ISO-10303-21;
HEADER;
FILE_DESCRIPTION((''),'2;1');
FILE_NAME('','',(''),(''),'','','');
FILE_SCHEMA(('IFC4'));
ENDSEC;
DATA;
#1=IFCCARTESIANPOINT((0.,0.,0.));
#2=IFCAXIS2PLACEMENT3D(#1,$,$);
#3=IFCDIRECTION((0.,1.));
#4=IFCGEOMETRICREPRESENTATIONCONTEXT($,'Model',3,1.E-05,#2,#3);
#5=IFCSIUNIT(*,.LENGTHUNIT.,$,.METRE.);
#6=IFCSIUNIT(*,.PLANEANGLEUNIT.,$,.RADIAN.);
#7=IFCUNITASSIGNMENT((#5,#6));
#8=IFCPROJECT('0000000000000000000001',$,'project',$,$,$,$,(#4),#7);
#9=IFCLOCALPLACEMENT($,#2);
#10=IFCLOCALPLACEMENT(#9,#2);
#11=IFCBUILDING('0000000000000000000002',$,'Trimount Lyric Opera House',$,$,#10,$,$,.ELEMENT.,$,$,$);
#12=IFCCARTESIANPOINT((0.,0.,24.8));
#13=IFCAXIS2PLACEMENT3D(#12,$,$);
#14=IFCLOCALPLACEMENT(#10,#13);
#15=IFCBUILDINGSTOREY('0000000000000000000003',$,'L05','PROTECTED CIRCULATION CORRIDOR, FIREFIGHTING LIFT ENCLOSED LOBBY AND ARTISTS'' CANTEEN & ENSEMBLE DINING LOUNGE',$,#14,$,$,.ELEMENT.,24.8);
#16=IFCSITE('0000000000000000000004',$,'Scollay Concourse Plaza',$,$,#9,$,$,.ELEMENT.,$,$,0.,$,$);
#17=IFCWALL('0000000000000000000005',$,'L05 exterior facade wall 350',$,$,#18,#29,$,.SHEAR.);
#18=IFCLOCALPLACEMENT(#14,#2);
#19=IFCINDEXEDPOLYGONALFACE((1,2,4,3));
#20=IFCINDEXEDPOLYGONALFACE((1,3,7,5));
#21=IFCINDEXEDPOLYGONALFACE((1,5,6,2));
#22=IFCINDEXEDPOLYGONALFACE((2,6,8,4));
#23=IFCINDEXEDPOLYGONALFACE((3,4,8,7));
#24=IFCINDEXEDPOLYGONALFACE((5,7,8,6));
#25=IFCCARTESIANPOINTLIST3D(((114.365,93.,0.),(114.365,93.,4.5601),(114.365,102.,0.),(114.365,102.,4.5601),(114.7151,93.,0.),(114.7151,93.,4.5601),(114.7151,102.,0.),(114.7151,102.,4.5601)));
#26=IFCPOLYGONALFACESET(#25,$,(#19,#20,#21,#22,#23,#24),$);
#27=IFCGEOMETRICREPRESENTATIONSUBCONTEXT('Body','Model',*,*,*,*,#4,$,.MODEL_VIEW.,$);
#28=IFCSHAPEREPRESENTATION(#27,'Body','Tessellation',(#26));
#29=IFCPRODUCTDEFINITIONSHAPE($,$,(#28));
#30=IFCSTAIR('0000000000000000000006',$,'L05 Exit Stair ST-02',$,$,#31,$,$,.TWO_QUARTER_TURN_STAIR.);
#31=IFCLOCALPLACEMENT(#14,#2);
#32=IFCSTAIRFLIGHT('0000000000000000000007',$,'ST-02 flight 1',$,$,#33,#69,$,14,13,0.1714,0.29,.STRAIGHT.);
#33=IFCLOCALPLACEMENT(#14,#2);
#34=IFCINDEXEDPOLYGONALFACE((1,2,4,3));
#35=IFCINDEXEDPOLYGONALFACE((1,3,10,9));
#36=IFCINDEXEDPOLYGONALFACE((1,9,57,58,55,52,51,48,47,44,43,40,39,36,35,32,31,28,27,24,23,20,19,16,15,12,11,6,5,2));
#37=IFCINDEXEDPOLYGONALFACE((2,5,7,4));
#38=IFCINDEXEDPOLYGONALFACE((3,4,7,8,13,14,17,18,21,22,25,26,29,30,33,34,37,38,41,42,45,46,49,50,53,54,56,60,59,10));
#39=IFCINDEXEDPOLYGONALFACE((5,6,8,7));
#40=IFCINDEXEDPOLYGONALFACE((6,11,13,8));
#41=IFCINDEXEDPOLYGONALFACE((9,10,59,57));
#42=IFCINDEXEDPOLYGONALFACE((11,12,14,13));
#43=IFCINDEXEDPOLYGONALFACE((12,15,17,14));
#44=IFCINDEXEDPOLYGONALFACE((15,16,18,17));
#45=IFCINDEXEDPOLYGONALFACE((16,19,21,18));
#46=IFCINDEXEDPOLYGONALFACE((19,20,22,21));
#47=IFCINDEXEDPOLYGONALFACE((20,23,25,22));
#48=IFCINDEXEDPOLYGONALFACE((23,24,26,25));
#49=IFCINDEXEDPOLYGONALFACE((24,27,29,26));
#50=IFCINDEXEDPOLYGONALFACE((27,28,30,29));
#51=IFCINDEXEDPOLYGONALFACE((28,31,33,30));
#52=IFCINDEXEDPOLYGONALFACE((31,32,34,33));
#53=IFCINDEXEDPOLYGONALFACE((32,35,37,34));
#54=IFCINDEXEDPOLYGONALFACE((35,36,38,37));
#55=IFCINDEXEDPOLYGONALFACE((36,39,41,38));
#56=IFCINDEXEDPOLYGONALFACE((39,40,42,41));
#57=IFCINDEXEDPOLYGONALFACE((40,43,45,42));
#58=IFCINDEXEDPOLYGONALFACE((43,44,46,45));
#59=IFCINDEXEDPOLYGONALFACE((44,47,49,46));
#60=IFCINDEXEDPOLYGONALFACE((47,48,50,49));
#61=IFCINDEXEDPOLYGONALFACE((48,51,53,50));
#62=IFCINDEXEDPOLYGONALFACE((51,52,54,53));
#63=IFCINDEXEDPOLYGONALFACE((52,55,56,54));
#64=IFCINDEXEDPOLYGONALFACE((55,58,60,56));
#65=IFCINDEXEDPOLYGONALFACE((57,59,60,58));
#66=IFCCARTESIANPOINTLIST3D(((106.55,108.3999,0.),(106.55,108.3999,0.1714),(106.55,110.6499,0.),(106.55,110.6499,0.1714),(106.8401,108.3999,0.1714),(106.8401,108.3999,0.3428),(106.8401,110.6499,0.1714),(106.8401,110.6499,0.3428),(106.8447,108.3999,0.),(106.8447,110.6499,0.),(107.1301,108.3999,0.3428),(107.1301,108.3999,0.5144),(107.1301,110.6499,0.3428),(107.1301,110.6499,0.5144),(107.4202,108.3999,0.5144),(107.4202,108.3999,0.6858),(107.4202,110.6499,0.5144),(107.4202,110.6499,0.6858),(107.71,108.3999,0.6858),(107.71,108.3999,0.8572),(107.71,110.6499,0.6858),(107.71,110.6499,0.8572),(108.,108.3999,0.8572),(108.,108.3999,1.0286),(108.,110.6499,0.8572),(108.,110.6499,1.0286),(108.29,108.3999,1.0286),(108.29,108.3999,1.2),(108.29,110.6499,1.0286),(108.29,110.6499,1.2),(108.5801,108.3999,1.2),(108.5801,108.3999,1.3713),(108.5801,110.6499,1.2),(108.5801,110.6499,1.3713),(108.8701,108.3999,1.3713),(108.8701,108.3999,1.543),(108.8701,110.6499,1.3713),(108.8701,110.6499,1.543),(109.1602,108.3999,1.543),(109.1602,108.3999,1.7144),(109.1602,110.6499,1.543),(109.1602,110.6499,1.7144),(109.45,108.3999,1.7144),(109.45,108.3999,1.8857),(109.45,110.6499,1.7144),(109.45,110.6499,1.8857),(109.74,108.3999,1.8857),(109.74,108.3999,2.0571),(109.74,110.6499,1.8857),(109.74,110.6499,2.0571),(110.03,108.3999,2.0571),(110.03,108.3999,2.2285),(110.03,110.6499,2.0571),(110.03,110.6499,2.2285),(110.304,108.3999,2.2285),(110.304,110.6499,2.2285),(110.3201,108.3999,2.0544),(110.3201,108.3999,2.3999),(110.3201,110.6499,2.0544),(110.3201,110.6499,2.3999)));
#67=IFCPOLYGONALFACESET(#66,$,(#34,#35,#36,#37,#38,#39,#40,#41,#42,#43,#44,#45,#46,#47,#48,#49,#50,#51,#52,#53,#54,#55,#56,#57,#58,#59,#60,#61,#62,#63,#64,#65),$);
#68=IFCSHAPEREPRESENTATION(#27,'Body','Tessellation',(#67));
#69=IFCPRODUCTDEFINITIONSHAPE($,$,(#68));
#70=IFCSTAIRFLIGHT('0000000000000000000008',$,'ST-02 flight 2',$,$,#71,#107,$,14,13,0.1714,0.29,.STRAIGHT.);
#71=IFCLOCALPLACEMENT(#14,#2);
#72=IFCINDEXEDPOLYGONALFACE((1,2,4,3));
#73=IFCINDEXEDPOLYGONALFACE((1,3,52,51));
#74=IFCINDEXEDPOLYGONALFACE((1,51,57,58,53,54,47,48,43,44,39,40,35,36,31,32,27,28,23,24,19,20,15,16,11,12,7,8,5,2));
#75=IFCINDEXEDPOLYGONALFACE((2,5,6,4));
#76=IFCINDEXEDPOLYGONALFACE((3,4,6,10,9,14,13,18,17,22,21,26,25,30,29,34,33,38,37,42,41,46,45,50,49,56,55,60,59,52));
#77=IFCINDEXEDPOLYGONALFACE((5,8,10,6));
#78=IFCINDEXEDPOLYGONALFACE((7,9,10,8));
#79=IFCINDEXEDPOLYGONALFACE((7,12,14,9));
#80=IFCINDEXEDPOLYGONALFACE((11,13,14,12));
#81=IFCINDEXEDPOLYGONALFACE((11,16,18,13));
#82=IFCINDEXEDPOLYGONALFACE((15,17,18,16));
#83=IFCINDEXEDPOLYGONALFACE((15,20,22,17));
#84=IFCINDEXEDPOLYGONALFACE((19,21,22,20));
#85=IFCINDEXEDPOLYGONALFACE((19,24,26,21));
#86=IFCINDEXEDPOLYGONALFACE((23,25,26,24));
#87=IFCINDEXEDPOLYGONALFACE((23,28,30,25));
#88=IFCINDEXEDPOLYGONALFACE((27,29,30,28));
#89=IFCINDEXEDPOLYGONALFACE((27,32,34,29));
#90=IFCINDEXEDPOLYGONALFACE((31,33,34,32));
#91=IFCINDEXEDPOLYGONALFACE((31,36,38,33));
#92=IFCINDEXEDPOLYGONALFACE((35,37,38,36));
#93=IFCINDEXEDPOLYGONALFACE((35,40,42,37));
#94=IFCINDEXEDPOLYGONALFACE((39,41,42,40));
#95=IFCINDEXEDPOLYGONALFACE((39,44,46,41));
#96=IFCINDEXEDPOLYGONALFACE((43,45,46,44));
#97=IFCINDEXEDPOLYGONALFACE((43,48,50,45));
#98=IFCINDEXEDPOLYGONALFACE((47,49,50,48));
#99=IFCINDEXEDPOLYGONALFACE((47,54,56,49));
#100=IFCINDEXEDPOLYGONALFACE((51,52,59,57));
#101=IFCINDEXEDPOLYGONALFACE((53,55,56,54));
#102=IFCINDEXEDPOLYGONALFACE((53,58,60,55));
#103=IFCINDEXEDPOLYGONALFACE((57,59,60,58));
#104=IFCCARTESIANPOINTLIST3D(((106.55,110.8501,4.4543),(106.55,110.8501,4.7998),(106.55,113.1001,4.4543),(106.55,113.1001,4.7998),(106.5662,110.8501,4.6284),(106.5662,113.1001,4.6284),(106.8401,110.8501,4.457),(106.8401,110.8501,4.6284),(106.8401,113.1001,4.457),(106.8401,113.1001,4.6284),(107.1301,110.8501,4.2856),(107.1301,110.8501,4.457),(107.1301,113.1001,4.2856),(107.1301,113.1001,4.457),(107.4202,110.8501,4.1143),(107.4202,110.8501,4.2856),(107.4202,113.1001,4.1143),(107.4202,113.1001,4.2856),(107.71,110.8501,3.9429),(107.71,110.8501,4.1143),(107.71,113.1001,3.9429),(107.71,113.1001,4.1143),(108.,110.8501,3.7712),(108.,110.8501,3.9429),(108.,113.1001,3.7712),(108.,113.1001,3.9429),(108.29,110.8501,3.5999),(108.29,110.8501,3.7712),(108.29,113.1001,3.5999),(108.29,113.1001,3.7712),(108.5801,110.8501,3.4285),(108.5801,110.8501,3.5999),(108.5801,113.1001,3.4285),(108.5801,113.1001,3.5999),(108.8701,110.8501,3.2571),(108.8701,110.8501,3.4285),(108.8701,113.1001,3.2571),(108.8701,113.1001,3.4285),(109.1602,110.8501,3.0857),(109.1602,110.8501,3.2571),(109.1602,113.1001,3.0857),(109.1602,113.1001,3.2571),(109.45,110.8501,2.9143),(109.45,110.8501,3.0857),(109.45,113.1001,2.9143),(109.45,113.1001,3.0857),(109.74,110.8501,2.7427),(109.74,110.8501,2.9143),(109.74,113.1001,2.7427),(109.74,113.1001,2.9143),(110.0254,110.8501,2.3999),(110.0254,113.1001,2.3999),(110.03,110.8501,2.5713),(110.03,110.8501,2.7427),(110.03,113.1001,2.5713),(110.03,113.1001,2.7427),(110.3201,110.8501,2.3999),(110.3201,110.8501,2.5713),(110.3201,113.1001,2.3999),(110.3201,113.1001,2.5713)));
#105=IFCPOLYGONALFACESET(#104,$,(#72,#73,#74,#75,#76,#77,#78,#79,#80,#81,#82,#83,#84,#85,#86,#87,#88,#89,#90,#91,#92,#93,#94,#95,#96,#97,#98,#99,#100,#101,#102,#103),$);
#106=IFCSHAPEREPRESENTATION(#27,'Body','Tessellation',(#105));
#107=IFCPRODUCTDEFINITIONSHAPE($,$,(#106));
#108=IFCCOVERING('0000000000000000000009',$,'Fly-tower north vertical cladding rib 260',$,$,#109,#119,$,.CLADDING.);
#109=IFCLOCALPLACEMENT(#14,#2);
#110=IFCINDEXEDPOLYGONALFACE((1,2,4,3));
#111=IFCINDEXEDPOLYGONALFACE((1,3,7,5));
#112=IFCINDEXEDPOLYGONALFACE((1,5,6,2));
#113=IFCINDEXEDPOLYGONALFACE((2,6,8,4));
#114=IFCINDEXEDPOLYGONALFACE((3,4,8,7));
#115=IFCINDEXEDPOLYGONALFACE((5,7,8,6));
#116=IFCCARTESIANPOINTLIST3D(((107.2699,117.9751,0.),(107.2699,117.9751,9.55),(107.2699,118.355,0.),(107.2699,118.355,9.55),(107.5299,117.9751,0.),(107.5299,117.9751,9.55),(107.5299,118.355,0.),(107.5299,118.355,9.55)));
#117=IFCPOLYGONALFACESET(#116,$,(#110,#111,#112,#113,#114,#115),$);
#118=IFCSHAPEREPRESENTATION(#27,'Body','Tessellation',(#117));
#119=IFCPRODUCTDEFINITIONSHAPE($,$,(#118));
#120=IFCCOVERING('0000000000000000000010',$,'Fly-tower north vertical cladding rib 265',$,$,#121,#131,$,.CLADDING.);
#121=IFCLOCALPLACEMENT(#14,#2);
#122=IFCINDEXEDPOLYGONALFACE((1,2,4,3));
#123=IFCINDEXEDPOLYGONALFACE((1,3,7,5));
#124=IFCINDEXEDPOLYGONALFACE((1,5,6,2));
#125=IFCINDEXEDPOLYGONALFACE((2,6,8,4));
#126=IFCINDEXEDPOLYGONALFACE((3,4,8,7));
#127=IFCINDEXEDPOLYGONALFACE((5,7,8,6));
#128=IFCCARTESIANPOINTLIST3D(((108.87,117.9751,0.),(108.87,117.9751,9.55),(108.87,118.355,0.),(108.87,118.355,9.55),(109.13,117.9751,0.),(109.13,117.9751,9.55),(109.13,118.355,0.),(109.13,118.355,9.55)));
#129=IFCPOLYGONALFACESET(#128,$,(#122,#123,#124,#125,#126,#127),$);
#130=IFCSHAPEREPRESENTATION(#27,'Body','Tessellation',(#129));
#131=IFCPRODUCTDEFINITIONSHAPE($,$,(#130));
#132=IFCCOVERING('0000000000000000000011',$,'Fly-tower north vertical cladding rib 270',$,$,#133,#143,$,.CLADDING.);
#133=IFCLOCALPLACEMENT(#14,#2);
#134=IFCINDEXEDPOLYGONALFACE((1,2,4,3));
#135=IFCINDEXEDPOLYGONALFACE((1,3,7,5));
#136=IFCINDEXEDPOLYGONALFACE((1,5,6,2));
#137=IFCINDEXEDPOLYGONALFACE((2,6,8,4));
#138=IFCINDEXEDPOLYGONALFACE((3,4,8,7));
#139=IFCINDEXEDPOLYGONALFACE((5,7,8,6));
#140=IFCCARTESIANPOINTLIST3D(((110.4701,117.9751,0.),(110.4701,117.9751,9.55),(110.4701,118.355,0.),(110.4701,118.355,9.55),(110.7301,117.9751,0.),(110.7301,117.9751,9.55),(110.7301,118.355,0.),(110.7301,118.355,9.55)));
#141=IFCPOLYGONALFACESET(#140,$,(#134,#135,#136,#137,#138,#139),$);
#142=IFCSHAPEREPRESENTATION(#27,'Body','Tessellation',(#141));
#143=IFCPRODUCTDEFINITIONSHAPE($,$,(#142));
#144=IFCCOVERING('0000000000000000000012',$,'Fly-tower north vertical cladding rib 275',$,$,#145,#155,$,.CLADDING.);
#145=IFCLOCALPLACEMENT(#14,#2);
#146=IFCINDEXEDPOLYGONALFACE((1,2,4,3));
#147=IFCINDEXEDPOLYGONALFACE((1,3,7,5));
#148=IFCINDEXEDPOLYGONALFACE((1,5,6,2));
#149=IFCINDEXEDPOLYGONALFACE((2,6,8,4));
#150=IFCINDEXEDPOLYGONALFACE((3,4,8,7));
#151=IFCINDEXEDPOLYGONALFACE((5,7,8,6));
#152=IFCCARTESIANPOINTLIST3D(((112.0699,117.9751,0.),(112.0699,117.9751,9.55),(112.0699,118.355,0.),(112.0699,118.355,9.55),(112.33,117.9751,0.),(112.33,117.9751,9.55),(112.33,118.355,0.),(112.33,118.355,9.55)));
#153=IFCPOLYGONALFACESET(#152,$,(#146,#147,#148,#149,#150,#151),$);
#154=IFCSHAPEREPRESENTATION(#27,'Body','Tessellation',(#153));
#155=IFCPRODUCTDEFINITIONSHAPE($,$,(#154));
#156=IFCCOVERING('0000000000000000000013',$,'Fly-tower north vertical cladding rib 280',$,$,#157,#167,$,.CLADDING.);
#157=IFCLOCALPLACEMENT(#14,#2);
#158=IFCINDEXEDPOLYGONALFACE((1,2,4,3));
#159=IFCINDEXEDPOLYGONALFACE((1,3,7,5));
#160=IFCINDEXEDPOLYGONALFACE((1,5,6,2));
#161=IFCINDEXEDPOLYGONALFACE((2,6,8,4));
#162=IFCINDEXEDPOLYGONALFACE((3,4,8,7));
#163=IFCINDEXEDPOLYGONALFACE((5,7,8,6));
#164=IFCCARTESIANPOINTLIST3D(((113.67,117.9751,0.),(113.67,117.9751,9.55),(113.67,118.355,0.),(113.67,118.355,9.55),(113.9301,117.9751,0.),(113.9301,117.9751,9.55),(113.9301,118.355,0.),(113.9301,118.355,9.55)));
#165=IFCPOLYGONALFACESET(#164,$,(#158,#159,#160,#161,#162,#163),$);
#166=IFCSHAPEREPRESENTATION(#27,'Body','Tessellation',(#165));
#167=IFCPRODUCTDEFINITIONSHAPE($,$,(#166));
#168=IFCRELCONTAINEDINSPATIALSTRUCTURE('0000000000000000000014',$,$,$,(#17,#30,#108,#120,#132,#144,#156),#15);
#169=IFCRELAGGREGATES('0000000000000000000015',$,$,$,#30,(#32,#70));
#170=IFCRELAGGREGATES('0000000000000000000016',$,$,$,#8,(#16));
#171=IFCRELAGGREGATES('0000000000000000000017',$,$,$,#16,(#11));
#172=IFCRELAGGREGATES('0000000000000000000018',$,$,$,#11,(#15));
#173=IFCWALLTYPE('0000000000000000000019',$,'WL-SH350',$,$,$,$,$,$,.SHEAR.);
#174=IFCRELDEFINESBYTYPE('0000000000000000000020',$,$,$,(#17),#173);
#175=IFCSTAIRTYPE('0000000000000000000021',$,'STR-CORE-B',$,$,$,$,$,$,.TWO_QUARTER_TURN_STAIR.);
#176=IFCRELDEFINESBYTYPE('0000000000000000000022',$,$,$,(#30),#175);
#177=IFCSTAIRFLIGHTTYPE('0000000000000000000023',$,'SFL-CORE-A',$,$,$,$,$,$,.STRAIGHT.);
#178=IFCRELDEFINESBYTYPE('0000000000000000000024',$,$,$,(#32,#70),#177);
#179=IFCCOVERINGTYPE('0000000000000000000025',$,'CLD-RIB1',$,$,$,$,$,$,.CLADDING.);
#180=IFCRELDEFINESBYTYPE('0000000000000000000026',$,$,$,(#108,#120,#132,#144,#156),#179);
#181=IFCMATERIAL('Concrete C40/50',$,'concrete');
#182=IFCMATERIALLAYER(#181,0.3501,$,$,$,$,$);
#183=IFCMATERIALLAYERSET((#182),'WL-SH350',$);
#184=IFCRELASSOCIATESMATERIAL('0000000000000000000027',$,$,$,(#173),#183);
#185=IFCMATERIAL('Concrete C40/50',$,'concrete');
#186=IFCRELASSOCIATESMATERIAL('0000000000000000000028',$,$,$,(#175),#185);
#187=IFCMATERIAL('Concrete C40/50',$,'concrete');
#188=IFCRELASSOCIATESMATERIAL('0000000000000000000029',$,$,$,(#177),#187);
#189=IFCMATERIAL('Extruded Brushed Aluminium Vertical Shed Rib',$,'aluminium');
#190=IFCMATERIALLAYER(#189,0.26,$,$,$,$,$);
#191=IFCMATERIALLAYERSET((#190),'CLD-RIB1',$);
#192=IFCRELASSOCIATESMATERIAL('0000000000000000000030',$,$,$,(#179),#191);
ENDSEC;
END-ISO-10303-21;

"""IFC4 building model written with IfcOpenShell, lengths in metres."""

from ifc_helpers import new_model, si_unit, direction, frame, frame_2d, origin, origin_2d, place, context, subcontext, project, spatial, polyline, rectangle, outline, extrude, material, layer, layer_set, type_object, element, aggregate, save


model = new_model("IFC4")

# Units and contexts
model_context = context("Model", 3, precision=1e-05, world=origin(), true_north=direction((0.0, 1.0)))
body_context = subcontext(model_context, "Body", "Model", "MODEL_VIEW")
ifc_project = project(units=[si_unit("LENGTHUNIT", "METRE"), si_unit("PLANEANGLEUNIT", "RADIAN")], contexts=[model_context])

# Site, building, storey
site_placement = place(None, origin())
site = spatial("IfcSite", under=ifc_project, at=site_placement, Name="Scollay Concourse Plaza", CompositionType="ELEMENT", RefElevation=0.0)
building_placement = place(site_placement, origin())
building = spatial("IfcBuilding", under=site, at=building_placement, Name="Trimount Lyric Opera House", CompositionType="ELEMENT")
storey_placement = place(building_placement, frame((0.0, 0.0, 24.8)))
storey = spatial("IfcBuildingStorey", under=building, at=storey_placement, Name="L05", Description="PROTECTED CIRCULATION CORRIDOR, FIREFIGHTING LIFT ENCLOSED LOBBY AND ARTISTS' CANTEEN & ENSEMBLE DINING LOUNGE", CompositionType="ELEMENT", Elevation=24.8)

# Wall
ifc_material_1 = material(Name="Concrete C40/50", Category="concrete")
ifc_layer_1 = layer(ifc_material_1, 0.3501)
ifc_layer_set_1 = layer_set([ifc_layer_1], Name="WL-SH350")
wall_type_1 = type_object("IfcWallType", Name="WL-SH350", PredefinedType="SHEAR", material=ifc_layer_set_1)
wall_1_placement = place(storey_placement, frame((114.54, 102.0, 0.0), z_axis=(0.0, 0.0, 1.0), x_axis=(0.0, -1.0, 0.0)))
element("IfcWall", 1, at=wall_1_placement, inside=storey, type_object=wall_type_1, Name="L05 exterior facade wall 350", PredefinedType="SHEAR", context=body_context, shape_type="SweptSolid", body=[
    extrude(rectangle(XDim=9.0, YDim=0.3501, at=frame_2d((4.5, 0.0))), origin(), (0.0, 0.0, 1.0), 4.5601),
])

# Stair, stair flights
ifc_material_2 = material(Name="Concrete C40/50", Category="concrete")
stair_type = type_object("IfcStairType", Name="STR-CORE-B", PredefinedType="TWO_QUARTER_TURN_STAIR", material=ifc_material_2)
stair_placement = place(storey_placement, origin())
stair = element("IfcStair", 2, at=stair_placement, inside=storey, type_object=stair_type, Name="L05 Exit Stair ST-02", PredefinedType="TWO_QUARTER_TURN_STAIR")
ifc_material_3 = material(Name="Concrete C40/50", Category="concrete")
stair_flight_type = type_object("IfcStairFlightType", Name="SFL-CORE-A", PredefinedType="STRAIGHT", material=ifc_material_3)
stair_flight_1_placement = place(storey_placement, frame((106.55, 109.5249, 0.0), z_axis=(0.0, 0.0, 1.0), x_axis=(1.0, 0.0, 0.0)))
stair_flight_1 = element("IfcStairFlight", 3, at=stair_flight_1_placement, type_object=stair_flight_type, Name="ST-02 flight 1", NumberOfRisers=14, NumberOfTreads=13, PredefinedType="STRAIGHT", RiserHeight=0.1714, TreadLength=0.29, context=body_context, shape_type="SweptSolid", body=[
    extrude(outline(polyline([(0.0, 0.0), (0.0, 0.1714), (0.29, 0.1714), (0.29, 0.3428), (0.5801, 0.3428), (0.5801, 0.5144), (0.8701, 0.5144), (0.8701, 0.6858), (1.1599, 0.6858), (1.1599, 0.8572), (1.45, 0.8572), (1.45, 1.0286), (1.74, 1.0286), (1.74, 1.2), (2.03, 1.2), (2.03, 1.3713), (2.3201, 1.3713), (2.3201, 1.543), (2.6101, 1.543), (2.6101, 1.7144), (2.8999, 1.7144), (2.8999, 1.8857), (3.1899, 1.8857), (3.1899, 2.0571), (3.48, 2.0571), (3.48, 2.2285), (3.7539, 2.2285), (3.77, 2.3999), (3.77, 2.0544), (0.2947, 0.0), (0.0, 0.0)])), frame((0.0, 1.125, 0.0), z_axis=(0.0, -1.0, 0.0), x_axis=(1.0, 0.0, 0.0)), (0.0, 0.0, 1.0), 2.25),
])
stair_flight_2_placement = place(storey_placement, frame((110.3201, 111.9751, 2.3999), z_axis=(0.0, 0.0, 1.0), x_axis=(-1.0, 0.0, 0.0)))
stair_flight_2 = element("IfcStairFlight", 4, at=stair_flight_2_placement, type_object=stair_flight_type, Name="ST-02 flight 2", NumberOfRisers=14, NumberOfTreads=13, PredefinedType="STRAIGHT", RiserHeight=0.1714, TreadLength=0.29, context=body_context, shape_type="SweptSolid", body=[
    extrude(outline(polyline([(0.0, 0.0), (0.0, 0.1714), (0.29, 0.1714), (0.29, 0.3428), (0.5801, 0.3428), (0.5801, 0.5144), (0.8701, 0.5144), (0.8701, 0.6858), (1.1599, 0.6858), (1.1599, 0.8572), (1.45, 0.8572), (1.45, 1.0286), (1.74, 1.0286), (1.74, 1.2), (2.03, 1.2), (2.03, 1.3713), (2.3201, 1.3713), (2.3201, 1.543), (2.6101, 1.543), (2.6101, 1.7144), (2.8999, 1.7144), (2.8999, 1.8857), (3.1899, 1.8857), (3.1899, 2.0571), (3.48, 2.0571), (3.48, 2.2285), (3.7539, 2.2285), (3.77, 2.3999), (3.77, 2.0544), (0.2947, 0.0), (0.0, 0.0)])), frame((0.0, 1.125, 0.0), z_axis=(0.0, -1.0, 0.0), x_axis=(1.0, 0.0, 0.0)), (0.0, 0.0, 1.0), 2.25),
])
aggregate(stair, [stair_flight_1, stair_flight_2])

# Coverings
ifc_material_4 = material(Name="Extruded Brushed Aluminium Vertical Shed Rib", Category="aluminium")
ifc_layer_2 = layer(ifc_material_4, 0.26)
ifc_layer_set_2 = layer_set([ifc_layer_2], Name="CLD-RIB1")
covering_type = type_object("IfcCoveringType", Name="CLD-RIB1", PredefinedType="CLADDING", material=ifc_layer_set_2)
for number, where, z_axis, x_axis, name in (
    (5, (107.3999, 118.165, 0.0), (0.0, 0.0, 1.0), (1.0, 0.0, 0.0), "Fly-tower north vertical cladding rib 260"),
    (6, (109.0, 118.165, 0.0), (0.0, 0.0, 1.0), (1.0, 0.0, 0.0), "Fly-tower north vertical cladding rib 265"),
    (7, (110.6001, 118.165, 0.0), (0.0, 0.0, 1.0), (1.0, 0.0, 0.0), "Fly-tower north vertical cladding rib 270"),
    (8, (112.2, 118.165, 0.0), (0.0, 0.0, 1.0), (1.0, 0.0, 0.0), "Fly-tower north vertical cladding rib 275"),
    (9, (113.8, 118.165, 0.0), (0.0, 0.0, 1.0), (1.0, 0.0, 0.0), "Fly-tower north vertical cladding rib 280"),
):
    element("IfcCovering", number, at=place(storey_placement, frame(where, z_axis=z_axis, x_axis=x_axis)), inside=storey, type_object=covering_type, Name=name, PredefinedType="CLADDING", context=body_context, shape_type="SweptSolid", body=[
        extrude(rectangle(XDim=0.26, YDim=0.3799, at=origin_2d()), origin(), (0.0, 0.0, 1.0), 9.55),
    ])

save(model, "model.ifc")
